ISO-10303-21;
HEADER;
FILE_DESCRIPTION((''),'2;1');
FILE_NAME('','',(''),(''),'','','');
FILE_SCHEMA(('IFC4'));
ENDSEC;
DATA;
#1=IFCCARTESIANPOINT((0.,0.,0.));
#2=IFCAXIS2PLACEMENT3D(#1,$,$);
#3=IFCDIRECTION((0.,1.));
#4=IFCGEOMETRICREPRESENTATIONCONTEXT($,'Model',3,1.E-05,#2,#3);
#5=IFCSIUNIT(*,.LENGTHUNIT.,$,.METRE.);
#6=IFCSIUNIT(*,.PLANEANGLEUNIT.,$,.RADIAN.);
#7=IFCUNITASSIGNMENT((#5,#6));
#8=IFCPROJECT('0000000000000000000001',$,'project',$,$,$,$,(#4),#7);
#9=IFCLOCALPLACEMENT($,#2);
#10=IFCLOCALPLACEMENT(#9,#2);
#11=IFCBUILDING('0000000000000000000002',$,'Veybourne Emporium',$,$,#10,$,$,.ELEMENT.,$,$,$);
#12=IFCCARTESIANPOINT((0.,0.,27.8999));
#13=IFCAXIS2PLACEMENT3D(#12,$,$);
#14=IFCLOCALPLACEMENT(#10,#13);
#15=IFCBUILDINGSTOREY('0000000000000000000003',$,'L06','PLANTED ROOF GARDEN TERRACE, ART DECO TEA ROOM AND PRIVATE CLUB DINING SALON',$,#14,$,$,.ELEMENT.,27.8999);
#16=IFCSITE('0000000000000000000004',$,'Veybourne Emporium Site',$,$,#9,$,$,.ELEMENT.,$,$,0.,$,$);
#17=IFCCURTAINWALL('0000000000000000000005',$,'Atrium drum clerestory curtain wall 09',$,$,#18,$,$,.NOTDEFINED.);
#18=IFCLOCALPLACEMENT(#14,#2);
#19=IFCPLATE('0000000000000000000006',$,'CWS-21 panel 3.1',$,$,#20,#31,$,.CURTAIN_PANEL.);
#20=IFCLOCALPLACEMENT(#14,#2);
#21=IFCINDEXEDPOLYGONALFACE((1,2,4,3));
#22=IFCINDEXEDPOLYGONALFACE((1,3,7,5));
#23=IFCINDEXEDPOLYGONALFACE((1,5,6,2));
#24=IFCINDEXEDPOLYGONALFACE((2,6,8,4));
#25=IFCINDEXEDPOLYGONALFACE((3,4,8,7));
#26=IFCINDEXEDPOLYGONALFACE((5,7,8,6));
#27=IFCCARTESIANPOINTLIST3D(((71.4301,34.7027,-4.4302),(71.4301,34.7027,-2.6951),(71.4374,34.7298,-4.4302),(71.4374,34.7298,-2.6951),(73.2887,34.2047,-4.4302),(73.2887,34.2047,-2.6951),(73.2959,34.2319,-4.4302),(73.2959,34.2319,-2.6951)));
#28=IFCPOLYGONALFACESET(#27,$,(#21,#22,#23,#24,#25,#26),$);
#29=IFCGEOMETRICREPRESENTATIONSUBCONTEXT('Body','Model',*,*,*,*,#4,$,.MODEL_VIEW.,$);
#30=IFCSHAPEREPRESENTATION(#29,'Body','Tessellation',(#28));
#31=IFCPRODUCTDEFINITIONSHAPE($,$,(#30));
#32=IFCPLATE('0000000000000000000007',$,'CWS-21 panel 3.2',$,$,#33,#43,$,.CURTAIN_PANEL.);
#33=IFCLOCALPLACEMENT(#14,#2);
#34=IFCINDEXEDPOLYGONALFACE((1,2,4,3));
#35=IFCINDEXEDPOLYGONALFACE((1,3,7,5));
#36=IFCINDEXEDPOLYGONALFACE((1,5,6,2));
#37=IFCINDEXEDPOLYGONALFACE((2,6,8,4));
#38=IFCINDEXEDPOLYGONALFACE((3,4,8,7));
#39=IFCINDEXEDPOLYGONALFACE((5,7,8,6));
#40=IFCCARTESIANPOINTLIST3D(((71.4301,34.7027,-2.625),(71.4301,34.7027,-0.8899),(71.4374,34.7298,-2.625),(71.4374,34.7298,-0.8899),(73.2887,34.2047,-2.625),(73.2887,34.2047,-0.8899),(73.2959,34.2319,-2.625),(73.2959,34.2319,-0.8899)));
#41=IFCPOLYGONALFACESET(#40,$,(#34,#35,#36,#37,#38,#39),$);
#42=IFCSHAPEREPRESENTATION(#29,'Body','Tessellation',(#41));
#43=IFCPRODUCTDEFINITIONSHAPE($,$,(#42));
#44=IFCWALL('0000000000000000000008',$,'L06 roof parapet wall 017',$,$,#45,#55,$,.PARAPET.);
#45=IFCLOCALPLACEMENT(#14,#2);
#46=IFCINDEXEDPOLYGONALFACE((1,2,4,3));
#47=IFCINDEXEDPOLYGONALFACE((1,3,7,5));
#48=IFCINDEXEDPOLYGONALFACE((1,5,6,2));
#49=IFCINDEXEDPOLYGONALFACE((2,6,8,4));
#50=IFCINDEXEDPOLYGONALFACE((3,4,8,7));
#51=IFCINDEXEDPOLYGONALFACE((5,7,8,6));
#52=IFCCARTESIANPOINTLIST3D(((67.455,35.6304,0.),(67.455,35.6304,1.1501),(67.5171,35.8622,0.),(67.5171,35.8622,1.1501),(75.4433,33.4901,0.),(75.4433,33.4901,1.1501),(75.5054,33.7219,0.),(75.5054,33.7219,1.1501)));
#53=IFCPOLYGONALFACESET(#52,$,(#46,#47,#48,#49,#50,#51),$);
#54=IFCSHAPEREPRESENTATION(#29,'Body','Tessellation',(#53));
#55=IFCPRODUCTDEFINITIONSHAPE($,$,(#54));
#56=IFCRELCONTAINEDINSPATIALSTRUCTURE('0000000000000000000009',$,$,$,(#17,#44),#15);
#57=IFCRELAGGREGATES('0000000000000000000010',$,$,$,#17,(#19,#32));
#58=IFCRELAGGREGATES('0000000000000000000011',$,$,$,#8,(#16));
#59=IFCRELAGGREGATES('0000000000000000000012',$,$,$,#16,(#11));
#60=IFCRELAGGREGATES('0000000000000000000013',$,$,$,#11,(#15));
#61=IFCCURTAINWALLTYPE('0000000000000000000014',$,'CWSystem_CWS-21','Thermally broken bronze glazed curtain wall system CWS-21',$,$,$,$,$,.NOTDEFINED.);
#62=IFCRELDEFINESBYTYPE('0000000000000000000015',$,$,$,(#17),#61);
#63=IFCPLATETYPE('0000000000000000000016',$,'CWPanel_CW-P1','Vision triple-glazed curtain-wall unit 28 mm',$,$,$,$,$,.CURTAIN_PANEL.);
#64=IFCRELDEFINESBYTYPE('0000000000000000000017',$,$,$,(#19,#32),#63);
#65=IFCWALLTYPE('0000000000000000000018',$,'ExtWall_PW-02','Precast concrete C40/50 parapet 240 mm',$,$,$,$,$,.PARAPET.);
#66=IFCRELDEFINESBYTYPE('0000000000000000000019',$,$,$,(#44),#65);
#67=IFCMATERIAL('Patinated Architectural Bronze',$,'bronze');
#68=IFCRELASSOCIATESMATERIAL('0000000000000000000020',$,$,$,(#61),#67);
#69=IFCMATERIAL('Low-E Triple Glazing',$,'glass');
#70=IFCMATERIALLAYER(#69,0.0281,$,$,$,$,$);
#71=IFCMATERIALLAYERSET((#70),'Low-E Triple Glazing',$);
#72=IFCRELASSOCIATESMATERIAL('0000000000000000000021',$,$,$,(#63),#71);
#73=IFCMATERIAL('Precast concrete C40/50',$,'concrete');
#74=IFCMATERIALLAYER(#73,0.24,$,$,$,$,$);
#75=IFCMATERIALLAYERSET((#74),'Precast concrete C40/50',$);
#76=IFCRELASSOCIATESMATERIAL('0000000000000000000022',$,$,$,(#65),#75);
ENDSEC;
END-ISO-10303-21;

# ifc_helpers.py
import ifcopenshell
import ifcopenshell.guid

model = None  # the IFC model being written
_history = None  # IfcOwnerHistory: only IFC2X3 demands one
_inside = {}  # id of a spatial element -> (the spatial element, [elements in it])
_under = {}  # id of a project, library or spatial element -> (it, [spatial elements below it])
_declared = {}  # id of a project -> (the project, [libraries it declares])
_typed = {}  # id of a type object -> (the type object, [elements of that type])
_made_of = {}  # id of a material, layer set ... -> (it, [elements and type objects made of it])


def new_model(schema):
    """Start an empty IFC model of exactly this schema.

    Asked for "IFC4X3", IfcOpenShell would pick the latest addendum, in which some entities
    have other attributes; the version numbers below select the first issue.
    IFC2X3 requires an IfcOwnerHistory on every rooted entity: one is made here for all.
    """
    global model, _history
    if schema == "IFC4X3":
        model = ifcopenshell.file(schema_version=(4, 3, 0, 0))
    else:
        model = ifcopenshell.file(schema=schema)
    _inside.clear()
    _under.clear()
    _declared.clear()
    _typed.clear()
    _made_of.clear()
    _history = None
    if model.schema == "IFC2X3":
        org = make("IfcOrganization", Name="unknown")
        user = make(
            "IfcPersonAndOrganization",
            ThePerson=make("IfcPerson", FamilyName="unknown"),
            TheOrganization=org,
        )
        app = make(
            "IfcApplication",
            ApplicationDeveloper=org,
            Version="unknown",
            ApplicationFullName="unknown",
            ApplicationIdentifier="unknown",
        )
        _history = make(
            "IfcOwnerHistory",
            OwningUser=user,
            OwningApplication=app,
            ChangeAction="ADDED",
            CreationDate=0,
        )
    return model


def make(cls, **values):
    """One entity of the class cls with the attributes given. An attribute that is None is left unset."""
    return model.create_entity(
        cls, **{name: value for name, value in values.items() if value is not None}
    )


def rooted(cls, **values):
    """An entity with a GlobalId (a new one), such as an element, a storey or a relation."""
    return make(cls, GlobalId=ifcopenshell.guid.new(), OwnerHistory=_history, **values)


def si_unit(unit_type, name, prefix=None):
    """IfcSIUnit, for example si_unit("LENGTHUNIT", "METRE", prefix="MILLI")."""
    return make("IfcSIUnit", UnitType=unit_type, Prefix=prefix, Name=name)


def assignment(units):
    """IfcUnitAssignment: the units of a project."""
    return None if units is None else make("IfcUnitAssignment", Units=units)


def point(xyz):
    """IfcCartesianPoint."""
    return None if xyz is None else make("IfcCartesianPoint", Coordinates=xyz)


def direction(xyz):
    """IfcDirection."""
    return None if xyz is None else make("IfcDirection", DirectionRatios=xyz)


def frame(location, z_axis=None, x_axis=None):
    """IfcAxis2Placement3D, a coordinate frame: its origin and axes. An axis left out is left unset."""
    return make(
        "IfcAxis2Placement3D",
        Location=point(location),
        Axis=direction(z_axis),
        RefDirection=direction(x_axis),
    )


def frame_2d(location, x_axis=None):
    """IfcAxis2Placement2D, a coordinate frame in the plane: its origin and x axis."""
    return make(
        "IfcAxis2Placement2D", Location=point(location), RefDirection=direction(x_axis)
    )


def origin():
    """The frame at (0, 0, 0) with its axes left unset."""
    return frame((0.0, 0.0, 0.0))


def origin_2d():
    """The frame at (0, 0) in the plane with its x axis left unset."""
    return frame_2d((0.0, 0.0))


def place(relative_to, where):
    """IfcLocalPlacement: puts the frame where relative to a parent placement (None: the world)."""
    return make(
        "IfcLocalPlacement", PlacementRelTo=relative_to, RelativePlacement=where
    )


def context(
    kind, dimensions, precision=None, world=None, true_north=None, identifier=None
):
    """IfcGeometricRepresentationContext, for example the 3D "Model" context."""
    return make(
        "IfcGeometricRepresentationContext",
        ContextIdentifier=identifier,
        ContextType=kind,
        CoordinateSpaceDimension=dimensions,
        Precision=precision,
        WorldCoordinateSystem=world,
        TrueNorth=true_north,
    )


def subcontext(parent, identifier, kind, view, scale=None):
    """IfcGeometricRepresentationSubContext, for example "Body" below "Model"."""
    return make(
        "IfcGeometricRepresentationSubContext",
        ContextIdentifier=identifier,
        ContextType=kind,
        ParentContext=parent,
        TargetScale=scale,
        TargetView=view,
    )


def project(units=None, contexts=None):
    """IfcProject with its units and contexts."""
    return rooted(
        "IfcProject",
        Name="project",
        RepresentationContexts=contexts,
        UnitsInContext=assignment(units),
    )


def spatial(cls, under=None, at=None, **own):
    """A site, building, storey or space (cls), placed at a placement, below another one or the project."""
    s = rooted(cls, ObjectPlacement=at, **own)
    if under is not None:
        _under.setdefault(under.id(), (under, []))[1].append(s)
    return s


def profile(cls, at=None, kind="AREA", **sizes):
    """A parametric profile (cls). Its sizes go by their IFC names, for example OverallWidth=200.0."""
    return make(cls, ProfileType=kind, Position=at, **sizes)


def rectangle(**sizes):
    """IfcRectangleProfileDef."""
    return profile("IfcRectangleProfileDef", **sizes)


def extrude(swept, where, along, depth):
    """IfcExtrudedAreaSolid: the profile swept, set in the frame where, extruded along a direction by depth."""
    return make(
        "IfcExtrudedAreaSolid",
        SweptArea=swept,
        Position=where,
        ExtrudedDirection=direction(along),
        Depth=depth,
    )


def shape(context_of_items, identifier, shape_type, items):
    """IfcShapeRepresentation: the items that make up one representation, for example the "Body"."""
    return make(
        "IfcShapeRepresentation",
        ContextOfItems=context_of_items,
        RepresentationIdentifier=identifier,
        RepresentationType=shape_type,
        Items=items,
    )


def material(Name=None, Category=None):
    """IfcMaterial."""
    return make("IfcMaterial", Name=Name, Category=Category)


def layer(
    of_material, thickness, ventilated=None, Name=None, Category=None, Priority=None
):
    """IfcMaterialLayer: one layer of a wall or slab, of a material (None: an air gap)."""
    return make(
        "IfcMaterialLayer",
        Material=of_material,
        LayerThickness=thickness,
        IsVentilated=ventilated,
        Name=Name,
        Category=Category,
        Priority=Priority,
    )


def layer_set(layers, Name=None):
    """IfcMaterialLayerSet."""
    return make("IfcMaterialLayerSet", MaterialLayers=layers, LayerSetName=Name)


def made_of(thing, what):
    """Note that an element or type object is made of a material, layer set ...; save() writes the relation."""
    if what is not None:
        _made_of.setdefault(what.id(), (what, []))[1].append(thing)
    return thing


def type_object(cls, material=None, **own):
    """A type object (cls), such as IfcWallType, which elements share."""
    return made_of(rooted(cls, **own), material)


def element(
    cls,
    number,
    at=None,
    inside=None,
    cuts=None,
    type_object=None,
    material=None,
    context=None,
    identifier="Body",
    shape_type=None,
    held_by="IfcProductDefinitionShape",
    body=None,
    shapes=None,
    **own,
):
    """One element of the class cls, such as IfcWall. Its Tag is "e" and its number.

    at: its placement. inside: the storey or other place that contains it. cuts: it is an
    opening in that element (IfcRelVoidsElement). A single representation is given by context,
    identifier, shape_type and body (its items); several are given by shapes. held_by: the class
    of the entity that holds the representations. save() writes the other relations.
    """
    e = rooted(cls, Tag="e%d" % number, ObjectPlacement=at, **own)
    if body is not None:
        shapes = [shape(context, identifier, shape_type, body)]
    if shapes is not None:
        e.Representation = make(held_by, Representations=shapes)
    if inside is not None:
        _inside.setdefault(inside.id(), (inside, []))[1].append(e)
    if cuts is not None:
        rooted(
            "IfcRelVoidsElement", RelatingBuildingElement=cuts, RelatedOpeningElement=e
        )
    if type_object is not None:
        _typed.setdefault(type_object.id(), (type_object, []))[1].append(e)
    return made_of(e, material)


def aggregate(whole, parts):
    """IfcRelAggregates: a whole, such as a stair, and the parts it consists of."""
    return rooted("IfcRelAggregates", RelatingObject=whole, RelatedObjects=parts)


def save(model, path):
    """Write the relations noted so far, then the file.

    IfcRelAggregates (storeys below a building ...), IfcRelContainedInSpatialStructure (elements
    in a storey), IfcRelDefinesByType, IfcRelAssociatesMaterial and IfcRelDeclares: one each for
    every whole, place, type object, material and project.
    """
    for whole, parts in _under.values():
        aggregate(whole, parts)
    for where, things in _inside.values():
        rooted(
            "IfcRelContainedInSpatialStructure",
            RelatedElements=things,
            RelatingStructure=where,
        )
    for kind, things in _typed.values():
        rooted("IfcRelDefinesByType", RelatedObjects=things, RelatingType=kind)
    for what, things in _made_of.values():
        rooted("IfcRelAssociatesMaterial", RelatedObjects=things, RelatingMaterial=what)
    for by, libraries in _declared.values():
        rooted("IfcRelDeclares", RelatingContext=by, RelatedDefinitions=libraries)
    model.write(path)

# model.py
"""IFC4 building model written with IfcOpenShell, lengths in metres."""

from ifc_helpers import new_model, si_unit, direction, frame, frame_2d, origin, origin_2d, place, context, subcontext, project, spatial, rectangle, extrude, material, layer, layer_set, type_object, element, aggregate, save


model = new_model("IFC4")

# Units and contexts
model_context = context("Model", 3, precision=1e-05, world=origin(), true_north=direction((0.0, 1.0)))
body_context = subcontext(model_context, "Body", "Model", "MODEL_VIEW")
ifc_project = project(units=[si_unit("LENGTHUNIT", "METRE"), si_unit("PLANEANGLEUNIT", "RADIAN")], contexts=[model_context])

# Site, building, storey
site_placement = place(None, origin())
site = spatial("IfcSite", under=ifc_project, at=site_placement, Name="Veybourne Emporium Site", CompositionType="ELEMENT", RefElevation=0.0)
building_placement = place(site_placement, origin())
building = spatial("IfcBuilding", under=site, at=building_placement, Name="Veybourne Emporium", CompositionType="ELEMENT")
storey_placement = place(building_placement, frame((0.0, 0.0, 27.8999)))
storey = spatial("IfcBuildingStorey", under=building, at=storey_placement, Name="L06", Description="PLANTED ROOF GARDEN TERRACE, ART DECO TEA ROOM AND PRIVATE CLUB DINING SALON", CompositionType="ELEMENT", Elevation=27.8999)

# Curtain wall
ifc_material_1 = material(Name="Patinated Architectural Bronze", Category="bronze")
curtain_wall_type_1 = type_object("IfcCurtainWallType", Name="CWSystem_CWS-21", Description="Thermally broken bronze glazed curtain wall system CWS-21", PredefinedType="NOTDEFINED", material=ifc_material_1)
curtain_wall_1_placement = place(storey_placement, origin())
curtain_wall_1 = element("IfcCurtainWall", 1, at=curtain_wall_1_placement, inside=storey, type_object=curtain_wall_type_1, Name="Atrium drum clerestory curtain wall 09", PredefinedType="NOTDEFINED")

# Plates
ifc_material_2 = material(Name="Low-E Triple Glazing", Category="glass")
ifc_layer_1 = layer(ifc_material_2, 0.0281)
ifc_layer_set_1 = layer_set([ifc_layer_1], Name="Low-E Triple Glazing")
plate_type = type_object("IfcPlateType", Name="CWPanel_CW-P1", Description="Vision triple-glazed curtain-wall unit 28 mm", PredefinedType="CURTAIN_PANEL", material=ifc_layer_set_1)
plate_1_placement = place(storey_placement, frame((72.363, 34.4673, -4.4302), z_axis=(0.0, 0.0, 1.0), x_axis=(0.965926, -0.25882, 0.0)))
plate_1 = element("IfcPlate", 2, at=plate_1_placement, type_object=plate_type, Name="CWS-21 panel 3.1", PredefinedType="CURTAIN_PANEL", context=body_context, shape_type="SweptSolid", body=[
    extrude(rectangle(XDim=1.9241, YDim=0.0281, at=origin_2d()), origin(), (0.0, 0.0, 1.0), 1.7351),
])
plate_2_placement = place(storey_placement, frame((72.363, 34.4673, -2.625), z_axis=(0.0, 0.0, 1.0), x_axis=(0.965926, -0.25882, 0.0)))
plate_2 = element("IfcPlate", 3, at=plate_2_placement, type_object=plate_type, Name="CWS-21 panel 3.2", PredefinedType="CURTAIN_PANEL", context=body_context, shape_type="SweptSolid", body=[
    extrude(rectangle(XDim=1.9241, YDim=0.0281, at=origin_2d()), origin(), (0.0, 0.0, 1.0), 1.7351),
])
aggregate(curtain_wall_1, [plate_1, plate_2])

# Wall
ifc_material_3 = material(Name="Precast concrete C40/50", Category="concrete")
ifc_layer_2 = layer(ifc_material_3, 0.24)
ifc_layer_set_2 = layer_set([ifc_layer_2], Name="Precast concrete C40/50")
wall_type = type_object("IfcWallType", Name="ExtWall_PW-02", Description="Precast concrete C40/50 parapet 240 mm", PredefinedType="PARAPET", material=ifc_layer_set_2)
wall_placement = place(storey_placement, frame((67.4861, 35.7463, 0.0), z_axis=(0.0, 0.0, 1.0), x_axis=(0.965928, -0.258811, 0.0)))
element("IfcWall", 4, at=wall_placement, inside=storey, type_object=wall_type, Name="L06 roof parapet wall 017", PredefinedType="PARAPET", context=body_context, shape_type="SweptSolid", body=[
    extrude(rectangle(XDim=8.27, YDim=0.24, at=frame_2d((4.135, 0.0))), origin(), (0.0, 0.0, 1.0), 1.1501),
])

save(model, "model.ifc")
